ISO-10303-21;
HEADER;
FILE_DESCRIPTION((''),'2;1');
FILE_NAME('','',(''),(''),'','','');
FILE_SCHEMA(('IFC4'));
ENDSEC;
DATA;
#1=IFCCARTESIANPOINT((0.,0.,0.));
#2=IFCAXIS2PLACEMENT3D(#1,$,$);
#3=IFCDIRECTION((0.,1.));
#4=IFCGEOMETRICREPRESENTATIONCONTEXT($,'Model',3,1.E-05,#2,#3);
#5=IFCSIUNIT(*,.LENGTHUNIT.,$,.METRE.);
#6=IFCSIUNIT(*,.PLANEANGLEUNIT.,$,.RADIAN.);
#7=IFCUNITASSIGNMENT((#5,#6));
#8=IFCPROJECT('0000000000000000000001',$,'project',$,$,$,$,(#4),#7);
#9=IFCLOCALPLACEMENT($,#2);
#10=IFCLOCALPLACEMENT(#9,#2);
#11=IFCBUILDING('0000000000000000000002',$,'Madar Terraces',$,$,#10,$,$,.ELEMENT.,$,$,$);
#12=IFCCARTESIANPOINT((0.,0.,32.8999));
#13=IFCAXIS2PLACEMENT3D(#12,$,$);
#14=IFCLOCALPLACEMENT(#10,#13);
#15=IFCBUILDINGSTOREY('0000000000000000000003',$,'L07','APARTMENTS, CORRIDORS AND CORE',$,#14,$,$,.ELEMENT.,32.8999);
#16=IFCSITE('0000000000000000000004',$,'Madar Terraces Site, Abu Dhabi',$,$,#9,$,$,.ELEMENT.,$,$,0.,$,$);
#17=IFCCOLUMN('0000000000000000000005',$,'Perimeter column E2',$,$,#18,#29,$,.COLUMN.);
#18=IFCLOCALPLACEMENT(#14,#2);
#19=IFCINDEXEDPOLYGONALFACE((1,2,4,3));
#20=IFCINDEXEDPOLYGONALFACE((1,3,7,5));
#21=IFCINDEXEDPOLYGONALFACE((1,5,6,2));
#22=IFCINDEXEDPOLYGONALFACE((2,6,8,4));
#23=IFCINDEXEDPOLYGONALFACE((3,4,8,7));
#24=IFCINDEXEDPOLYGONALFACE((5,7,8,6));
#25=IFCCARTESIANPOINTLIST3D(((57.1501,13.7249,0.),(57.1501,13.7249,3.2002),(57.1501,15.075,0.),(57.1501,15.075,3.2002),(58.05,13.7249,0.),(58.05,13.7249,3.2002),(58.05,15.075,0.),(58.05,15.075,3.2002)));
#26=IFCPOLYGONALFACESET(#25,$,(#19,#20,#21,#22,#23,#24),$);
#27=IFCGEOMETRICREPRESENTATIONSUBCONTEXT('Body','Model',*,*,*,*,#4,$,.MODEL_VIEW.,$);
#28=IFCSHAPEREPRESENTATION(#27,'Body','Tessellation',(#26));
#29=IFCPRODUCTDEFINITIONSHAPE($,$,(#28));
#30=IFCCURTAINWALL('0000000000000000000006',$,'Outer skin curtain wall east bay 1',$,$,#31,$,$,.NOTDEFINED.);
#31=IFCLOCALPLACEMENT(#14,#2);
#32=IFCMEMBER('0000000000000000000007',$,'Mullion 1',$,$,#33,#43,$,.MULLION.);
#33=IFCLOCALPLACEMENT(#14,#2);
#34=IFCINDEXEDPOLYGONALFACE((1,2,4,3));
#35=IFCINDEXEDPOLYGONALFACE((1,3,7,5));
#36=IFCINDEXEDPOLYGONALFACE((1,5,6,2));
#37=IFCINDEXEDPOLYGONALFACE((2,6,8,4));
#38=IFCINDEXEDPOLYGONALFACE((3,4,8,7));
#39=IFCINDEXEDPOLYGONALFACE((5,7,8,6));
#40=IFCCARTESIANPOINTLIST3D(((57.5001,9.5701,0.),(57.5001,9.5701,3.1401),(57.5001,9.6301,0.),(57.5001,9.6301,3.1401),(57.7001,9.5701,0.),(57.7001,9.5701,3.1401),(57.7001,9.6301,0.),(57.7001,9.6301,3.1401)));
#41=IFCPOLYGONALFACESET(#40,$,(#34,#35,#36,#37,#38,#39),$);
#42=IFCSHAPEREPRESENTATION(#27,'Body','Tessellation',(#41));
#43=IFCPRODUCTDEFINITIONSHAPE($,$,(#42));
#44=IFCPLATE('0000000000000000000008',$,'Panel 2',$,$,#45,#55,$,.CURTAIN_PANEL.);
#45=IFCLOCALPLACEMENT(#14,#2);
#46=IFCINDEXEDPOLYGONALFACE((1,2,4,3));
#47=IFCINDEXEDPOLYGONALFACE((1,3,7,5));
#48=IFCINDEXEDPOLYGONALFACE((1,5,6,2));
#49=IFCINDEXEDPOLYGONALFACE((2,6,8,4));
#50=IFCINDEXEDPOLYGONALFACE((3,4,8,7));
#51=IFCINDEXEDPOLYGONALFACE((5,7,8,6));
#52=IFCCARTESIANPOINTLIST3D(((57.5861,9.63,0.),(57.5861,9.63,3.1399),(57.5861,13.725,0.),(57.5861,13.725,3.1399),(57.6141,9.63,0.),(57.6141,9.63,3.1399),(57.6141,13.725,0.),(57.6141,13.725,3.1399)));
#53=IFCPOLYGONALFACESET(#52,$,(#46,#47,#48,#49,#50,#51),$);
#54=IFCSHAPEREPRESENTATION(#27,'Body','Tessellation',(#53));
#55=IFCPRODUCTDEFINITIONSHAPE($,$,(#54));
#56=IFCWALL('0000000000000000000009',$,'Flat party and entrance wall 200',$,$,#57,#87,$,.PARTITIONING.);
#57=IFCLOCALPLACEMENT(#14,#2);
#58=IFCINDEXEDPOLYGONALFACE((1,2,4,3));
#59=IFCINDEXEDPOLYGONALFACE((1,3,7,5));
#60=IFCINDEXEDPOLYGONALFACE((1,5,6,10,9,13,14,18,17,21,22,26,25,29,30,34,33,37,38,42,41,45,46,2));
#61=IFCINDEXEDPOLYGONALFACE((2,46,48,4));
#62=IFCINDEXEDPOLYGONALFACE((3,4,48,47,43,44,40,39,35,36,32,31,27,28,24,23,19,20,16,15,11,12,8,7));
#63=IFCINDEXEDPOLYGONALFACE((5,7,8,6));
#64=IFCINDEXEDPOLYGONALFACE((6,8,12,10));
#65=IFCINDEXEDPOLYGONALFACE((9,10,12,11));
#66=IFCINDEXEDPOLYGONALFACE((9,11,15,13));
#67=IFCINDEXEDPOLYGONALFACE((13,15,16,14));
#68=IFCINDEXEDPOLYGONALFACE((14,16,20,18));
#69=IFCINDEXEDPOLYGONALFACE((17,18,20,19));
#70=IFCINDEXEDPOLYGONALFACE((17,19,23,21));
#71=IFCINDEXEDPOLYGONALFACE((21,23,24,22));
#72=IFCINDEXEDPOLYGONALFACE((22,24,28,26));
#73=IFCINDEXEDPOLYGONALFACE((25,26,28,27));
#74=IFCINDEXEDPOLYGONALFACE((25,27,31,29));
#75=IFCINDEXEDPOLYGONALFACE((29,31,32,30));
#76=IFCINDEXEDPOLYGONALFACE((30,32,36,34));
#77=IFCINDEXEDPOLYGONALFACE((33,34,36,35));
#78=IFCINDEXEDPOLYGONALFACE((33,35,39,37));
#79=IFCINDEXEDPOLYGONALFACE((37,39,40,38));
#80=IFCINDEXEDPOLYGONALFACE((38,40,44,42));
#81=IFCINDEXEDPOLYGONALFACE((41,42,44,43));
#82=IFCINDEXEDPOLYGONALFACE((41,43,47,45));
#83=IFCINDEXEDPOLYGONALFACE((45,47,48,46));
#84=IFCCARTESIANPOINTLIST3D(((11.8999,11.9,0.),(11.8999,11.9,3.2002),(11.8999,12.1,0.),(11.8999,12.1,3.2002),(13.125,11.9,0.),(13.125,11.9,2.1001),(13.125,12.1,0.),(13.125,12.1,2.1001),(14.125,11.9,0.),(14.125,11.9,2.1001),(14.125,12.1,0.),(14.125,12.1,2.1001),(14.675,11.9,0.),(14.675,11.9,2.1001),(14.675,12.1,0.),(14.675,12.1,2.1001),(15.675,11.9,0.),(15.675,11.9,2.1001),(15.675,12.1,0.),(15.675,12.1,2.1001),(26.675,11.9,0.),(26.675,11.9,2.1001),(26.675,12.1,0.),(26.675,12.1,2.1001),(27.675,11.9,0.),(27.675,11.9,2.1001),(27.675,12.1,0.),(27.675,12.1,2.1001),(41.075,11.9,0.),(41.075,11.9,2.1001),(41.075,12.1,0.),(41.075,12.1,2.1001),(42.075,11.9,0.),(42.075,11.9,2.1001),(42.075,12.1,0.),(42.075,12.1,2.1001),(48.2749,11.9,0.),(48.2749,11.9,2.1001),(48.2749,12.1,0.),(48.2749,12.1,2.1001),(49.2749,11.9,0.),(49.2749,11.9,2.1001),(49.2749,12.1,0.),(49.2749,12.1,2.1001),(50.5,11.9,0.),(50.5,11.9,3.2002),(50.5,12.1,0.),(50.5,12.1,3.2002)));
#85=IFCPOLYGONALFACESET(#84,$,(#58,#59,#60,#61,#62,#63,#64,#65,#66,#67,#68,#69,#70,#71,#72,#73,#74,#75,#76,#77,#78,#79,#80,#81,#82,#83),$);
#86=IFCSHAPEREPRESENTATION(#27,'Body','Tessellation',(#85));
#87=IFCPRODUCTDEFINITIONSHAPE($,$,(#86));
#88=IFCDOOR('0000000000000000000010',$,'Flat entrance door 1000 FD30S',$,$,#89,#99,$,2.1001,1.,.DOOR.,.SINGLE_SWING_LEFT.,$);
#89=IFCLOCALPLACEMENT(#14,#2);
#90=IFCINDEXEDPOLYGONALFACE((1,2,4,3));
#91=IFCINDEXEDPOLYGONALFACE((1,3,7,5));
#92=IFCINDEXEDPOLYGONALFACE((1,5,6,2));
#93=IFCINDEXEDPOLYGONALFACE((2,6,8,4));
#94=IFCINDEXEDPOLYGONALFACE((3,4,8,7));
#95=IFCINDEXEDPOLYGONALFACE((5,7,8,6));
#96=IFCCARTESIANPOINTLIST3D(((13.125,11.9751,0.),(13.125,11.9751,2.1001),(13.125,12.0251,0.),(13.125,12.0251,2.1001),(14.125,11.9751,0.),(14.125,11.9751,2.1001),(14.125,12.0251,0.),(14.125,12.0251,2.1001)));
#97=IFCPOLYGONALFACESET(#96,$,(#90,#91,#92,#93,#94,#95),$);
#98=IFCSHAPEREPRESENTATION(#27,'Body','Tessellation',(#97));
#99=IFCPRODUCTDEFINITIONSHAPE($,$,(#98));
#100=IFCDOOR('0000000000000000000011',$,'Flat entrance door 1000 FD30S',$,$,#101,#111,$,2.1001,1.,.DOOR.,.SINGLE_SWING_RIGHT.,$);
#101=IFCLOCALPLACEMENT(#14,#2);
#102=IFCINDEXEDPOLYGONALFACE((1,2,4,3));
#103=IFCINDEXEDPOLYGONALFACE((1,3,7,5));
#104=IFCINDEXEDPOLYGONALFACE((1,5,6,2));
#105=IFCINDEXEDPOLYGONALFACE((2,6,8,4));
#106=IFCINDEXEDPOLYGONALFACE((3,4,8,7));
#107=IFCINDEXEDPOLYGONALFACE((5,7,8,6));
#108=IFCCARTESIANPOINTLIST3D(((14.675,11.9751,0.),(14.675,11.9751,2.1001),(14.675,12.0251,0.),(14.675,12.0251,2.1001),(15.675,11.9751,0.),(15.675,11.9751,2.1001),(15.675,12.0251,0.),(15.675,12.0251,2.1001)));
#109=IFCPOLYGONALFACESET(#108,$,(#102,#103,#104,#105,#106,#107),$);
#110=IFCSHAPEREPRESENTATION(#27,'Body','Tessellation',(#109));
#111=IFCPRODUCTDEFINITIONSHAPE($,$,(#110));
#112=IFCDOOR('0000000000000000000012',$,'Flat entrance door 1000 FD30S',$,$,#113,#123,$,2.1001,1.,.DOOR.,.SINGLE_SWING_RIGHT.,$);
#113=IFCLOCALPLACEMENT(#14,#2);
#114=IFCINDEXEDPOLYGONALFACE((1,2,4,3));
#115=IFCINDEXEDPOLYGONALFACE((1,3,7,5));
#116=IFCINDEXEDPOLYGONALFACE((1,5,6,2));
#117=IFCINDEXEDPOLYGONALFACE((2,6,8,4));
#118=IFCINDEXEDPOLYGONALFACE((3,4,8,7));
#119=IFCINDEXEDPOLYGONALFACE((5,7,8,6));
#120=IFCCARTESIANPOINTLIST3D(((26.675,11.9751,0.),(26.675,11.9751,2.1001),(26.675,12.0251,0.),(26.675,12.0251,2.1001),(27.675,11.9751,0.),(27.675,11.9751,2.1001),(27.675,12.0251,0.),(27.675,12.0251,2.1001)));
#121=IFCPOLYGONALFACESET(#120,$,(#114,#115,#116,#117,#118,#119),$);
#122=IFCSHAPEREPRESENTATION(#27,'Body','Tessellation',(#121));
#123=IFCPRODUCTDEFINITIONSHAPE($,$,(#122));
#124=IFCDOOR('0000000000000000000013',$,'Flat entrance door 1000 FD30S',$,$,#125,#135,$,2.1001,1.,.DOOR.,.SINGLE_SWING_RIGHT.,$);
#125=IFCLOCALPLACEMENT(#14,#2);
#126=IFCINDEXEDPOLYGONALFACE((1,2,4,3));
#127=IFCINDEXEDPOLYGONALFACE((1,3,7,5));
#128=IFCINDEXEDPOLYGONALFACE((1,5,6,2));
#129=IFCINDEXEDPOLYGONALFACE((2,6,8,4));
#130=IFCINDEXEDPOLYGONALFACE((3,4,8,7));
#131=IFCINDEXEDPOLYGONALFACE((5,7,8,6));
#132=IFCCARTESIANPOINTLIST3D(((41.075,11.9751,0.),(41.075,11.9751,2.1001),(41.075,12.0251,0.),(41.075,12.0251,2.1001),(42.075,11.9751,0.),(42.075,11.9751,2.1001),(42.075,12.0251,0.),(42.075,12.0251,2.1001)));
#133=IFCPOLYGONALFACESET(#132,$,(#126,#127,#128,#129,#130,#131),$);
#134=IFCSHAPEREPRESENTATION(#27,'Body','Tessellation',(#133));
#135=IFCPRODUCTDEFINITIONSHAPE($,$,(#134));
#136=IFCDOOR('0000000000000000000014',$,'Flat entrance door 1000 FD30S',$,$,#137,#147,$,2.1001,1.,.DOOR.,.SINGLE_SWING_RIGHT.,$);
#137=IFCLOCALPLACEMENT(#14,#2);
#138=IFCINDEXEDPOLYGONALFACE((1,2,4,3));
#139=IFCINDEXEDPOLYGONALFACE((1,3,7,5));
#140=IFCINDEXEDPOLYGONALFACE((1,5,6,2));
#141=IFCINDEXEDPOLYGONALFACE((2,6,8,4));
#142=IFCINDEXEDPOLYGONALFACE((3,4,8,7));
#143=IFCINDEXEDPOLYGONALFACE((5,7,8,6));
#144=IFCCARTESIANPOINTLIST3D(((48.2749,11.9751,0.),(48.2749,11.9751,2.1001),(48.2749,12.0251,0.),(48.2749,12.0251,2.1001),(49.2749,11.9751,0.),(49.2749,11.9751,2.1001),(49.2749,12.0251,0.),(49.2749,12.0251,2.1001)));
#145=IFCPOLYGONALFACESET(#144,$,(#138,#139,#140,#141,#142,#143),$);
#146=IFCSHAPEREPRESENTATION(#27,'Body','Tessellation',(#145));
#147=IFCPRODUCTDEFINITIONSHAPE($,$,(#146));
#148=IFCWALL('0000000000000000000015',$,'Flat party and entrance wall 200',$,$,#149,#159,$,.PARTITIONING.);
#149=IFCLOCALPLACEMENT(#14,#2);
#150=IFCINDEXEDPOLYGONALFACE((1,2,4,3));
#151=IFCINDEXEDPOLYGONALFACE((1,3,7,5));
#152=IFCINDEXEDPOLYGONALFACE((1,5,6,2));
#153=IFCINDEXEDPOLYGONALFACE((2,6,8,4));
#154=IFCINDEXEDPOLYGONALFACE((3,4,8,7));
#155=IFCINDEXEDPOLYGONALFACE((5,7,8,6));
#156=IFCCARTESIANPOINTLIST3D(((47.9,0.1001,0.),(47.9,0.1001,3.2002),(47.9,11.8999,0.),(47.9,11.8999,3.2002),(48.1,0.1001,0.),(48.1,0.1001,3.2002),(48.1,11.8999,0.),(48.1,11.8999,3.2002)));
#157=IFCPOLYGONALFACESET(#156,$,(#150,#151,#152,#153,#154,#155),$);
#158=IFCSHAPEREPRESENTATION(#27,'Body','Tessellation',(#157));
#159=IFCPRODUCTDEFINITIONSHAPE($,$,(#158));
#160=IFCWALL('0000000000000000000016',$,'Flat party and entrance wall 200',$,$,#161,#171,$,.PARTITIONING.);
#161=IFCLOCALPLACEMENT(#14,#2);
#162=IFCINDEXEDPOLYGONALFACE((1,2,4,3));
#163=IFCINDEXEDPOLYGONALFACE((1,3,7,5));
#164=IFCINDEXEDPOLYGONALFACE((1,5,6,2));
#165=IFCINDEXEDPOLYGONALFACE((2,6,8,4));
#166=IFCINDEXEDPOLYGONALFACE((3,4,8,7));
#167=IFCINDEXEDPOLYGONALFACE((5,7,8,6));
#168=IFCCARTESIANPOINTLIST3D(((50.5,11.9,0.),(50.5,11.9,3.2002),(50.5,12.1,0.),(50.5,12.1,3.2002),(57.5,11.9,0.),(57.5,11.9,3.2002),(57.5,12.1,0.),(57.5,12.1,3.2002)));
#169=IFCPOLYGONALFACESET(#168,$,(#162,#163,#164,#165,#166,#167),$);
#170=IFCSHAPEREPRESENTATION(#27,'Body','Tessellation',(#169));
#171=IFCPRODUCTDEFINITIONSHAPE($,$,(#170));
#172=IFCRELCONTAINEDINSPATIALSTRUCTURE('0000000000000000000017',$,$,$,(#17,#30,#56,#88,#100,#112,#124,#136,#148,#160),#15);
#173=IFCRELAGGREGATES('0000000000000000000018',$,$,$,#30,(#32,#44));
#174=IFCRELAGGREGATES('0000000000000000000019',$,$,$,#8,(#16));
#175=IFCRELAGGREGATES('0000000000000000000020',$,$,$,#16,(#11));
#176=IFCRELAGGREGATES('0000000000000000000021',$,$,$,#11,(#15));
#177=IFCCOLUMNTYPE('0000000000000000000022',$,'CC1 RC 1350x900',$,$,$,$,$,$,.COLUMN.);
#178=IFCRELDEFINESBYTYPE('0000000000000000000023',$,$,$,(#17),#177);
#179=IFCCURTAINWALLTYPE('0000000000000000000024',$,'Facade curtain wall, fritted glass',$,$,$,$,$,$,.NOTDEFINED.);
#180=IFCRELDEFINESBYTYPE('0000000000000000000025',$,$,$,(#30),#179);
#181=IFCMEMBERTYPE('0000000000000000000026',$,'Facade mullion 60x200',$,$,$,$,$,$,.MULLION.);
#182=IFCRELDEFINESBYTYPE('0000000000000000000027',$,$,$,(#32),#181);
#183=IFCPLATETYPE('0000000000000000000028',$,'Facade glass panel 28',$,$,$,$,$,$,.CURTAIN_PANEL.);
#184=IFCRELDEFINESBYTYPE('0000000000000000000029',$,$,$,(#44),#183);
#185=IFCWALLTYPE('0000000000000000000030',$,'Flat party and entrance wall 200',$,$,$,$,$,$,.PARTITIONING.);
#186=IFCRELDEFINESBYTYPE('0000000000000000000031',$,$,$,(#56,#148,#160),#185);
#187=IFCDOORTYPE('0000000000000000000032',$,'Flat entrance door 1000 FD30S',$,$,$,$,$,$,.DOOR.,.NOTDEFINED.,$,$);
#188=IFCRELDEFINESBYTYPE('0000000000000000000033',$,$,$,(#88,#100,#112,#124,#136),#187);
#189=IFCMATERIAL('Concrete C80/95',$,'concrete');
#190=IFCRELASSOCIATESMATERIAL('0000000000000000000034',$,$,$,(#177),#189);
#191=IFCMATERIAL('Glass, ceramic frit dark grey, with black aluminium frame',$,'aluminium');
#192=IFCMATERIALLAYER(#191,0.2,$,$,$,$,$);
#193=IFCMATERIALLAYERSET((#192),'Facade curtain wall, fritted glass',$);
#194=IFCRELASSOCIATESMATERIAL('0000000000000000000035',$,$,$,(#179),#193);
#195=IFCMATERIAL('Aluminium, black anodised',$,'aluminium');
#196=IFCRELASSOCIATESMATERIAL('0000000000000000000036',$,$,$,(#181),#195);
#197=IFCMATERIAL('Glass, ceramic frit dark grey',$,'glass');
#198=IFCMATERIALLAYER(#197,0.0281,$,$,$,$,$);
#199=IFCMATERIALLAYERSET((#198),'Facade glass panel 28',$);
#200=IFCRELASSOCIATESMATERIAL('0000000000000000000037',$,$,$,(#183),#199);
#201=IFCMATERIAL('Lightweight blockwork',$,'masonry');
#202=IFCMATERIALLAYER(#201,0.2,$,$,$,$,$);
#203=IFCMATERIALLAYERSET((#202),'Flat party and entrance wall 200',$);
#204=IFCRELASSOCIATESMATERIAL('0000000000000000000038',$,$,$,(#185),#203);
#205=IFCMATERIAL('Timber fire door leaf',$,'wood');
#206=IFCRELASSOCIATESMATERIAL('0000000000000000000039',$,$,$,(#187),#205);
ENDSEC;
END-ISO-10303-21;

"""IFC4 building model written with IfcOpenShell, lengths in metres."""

from ifc_helpers import new_model, si_unit, direction, frame, frame_2d, origin, origin_2d, place, context, subcontext, project, spatial, rectangle, extrude, material, layer, layer_set, material_profile, profile_set, type_object, element, fill, aggregate, save


model = new_model("IFC4")

# Units and contexts
model_context = context("Model", 3, precision=1e-05, world=origin(), true_north=direction((0.0, 1.0)))
body_context = subcontext(model_context, "Body", "Model", "MODEL_VIEW")
ifc_project = project(units=[si_unit("LENGTHUNIT", "METRE"), si_unit("PLANEANGLEUNIT", "RADIAN")], contexts=[model_context])

# Site, building, storey
site_placement = place(None, origin())
site = spatial("IfcSite", under=ifc_project, at=site_placement, Name="Madar Terraces Site, Abu Dhabi", CompositionType="ELEMENT", RefElevation=0.0)
building_placement = place(site_placement, origin())
building = spatial("IfcBuilding", under=site, at=building_placement, Name="Madar Terraces", CompositionType="ELEMENT")
storey_placement = place(building_placement, frame((0.0, 0.0, 32.8999)))
storey = spatial("IfcBuildingStorey", under=building, at=storey_placement, Name="L07", Description="APARTMENTS, CORRIDORS AND CORE", CompositionType="ELEMENT", Elevation=32.8999)

# Column
ifc_material_1 = material(Name="Concrete C80/95", Category="concrete")
ifc_material_profile_1 = material_profile(ifc_material_1, rectangle(XDim=1.3501, YDim=0.8999, at=origin_2d()), Name="CC1 RC 1350x900")
ifc_profile_set_1 = profile_set([ifc_material_profile_1], Name="Concrete C80/95")
column_type = type_object("IfcColumnType", Name="CC1 RC 1350x900", PredefinedType="COLUMN", material=ifc_profile_set_1)
column_placement = place(storey_placement, frame((57.6001, 14.3999, 0.0), z_axis=(0.0, 0.0, 1.0), x_axis=(0.0, 1.0, 0.0)))
element("IfcColumn", 1, at=column_placement, inside=storey, type_object=column_type, Name="Perimeter column E2", PredefinedType="COLUMN", context=body_context, shape_type="SweptSolid", body=[
    extrude(rectangle(XDim=1.3501, YDim=0.8999, at=origin_2d()), origin(), (0.0, 0.0, 1.0), 3.2002),
])

# Curtain wall, member, plate
ifc_material_2 = material(Name="Glass, ceramic frit dark grey, with black aluminium frame", Category="aluminium")
ifc_layer_1 = layer(ifc_material_2, 0.2)
ifc_layer_set_1 = layer_set([ifc_layer_1], Name="Facade curtain wall, fritted glass")
curtain_wall_type = type_object("IfcCurtainWallType", Name="Facade curtain wall, fritted glass", PredefinedType="NOTDEFINED", material=ifc_layer_set_1)
curtain_wall_placement = place(storey_placement, origin())
curtain_wall = element("IfcCurtainWall", 2, at=curtain_wall_placement, inside=storey, type_object=curtain_wall_type, Name="Outer skin curtain wall east bay 1", PredefinedType="NOTDEFINED")
ifc_material_3 = material(Name="Aluminium, black anodised", Category="aluminium")
ifc_material_profile_2 = material_profile(ifc_material_3, rectangle(XDim=0.2, YDim=0.0601, at=origin_2d()), Name="Facade mullion 60x200")
ifc_profile_set_2 = profile_set([ifc_material_profile_2], Name="Aluminium, black anodised")
member_type = type_object("IfcMemberType", Name="Facade mullion 60x200", PredefinedType="MULLION", material=ifc_profile_set_2)
member_placement = place(storey_placement, frame((57.6001, 9.6001, 0.0), z_axis=(0.0, 0.0, 1.0), x_axis=(-1.0, 0.0, 0.0)))
member = element("IfcMember", 3, at=member_placement, type_object=member_type, Name="Mullion 1", PredefinedType="MULLION", context=body_context, shape_type="SweptSolid", body=[
    extrude(rectangle(XDim=0.2, YDim=0.0601, at=origin_2d()), origin(), (0.0, 0.0, 1.0), 3.1401),
])
ifc_material_4 = material(Name="Glass, ceramic frit dark grey", Category="glass")
ifc_layer_2 = layer(ifc_material_4, 0.0281)
ifc_layer_set_2 = layer_set([ifc_layer_2], Name="Facade glass panel 28")
plate_type = type_object("IfcPlateType", Name="Facade glass panel 28", PredefinedType="CURTAIN_PANEL", material=ifc_layer_set_2)
plate_placement = place(storey_placement, frame((57.6001, 11.6775, 0.0), z_axis=(0.0, 0.0, 1.0), x_axis=(0.0, 1.0, 0.0)))
plate = element("IfcPlate", 4, at=plate_placement, type_object=plate_type, Name="Panel 2", PredefinedType="CURTAIN_PANEL", context=body_context, shape_type="SweptSolid", body=[
    extrude(rectangle(XDim=4.095, YDim=0.0281, at=origin_2d()), origin(), (0.0, 0.0, 1.0), 3.1399),
])
aggregate(curtain_wall, [member, plate])

# Wall, openings, doors
ifc_material_5 = material(Name="Lightweight blockwork", Category="masonry")
ifc_layer_3 = layer(ifc_material_5, 0.2)
ifc_layer_set_3 = layer_set([ifc_layer_3], Name="Flat party and entrance wall 200")
wall_type_1 = type_object("IfcWallType", Name="Flat party and entrance wall 200", PredefinedType="PARTITIONING", material=ifc_layer_set_3)
wall_1_placement = place(storey_placement, frame((50.5, 12.0, 0.0), z_axis=(0.0, 0.0, 1.0), x_axis=(-1.0, 0.0, 0.0)))
wall_1 = element("IfcWall", 5, at=wall_1_placement, inside=storey, type_object=wall_type_1, Name="Flat party and entrance wall 200", PredefinedType="PARTITIONING", context=body_context, shape_type="SweptSolid", body=[
    extrude(rectangle(XDim=38.6001, YDim=0.2, at=frame_2d((19.3, 0.0))), origin(), (0.0, 0.0, 1.0), 3.2002),
])
opening_1_placement = place(wall_1_placement, frame((36.375, 0.0, 0.0)))
opening_1 = element("IfcOpeningElement", 6, at=opening_1_placement, cuts=wall_1, PredefinedType="OPENING", context=body_context, shape_type="SweptSolid", body=[
    extrude(rectangle(XDim=1.0, YDim=2.1001, at=frame_2d((0.5, 1.05))), frame((0.0, 0.1099, 0.0), z_axis=(0.0, -1.0, 0.0), x_axis=(1.0, 0.0, 0.0)), (0.0, 0.0, 1.0), 0.22),
])
opening_2_placement = place(wall_1_placement, frame((34.825, 0.0, 0.0)))
opening_2 = element("IfcOpeningElement", 7, at=opening_2_placement, cuts=wall_1, PredefinedType="OPENING", context=body_context, shape_type="SweptSolid", body=[
    extrude(rectangle(XDim=1.0, YDim=2.1001, at=frame_2d((0.5, 1.05))), frame((0.0, 0.1099, 0.0), z_axis=(0.0, -1.0, 0.0), x_axis=(1.0, 0.0, 0.0)), (0.0, 0.0, 1.0), 0.22),
])
opening_3_placement = place(wall_1_placement, frame((22.825, 0.0, 0.0)))
opening_3 = element("IfcOpeningElement", 8, at=opening_3_placement, cuts=wall_1, PredefinedType="OPENING", context=body_context, shape_type="SweptSolid", body=[
    extrude(rectangle(XDim=1.0, YDim=2.1001, at=frame_2d((0.5, 1.05))), frame((0.0, 0.1099, 0.0), z_axis=(0.0, -1.0, 0.0), x_axis=(1.0, 0.0, 0.0)), (0.0, 0.0, 1.0), 0.22),
])
opening_4_placement = place(wall_1_placement, frame((8.425, 0.0, 0.0)))
opening_4 = element("IfcOpeningElement", 9, at=opening_4_placement, cuts=wall_1, PredefinedType="OPENING", context=body_context, shape_type="SweptSolid", body=[
    extrude(rectangle(XDim=1.0, YDim=2.1001, at=frame_2d((0.5, 1.05))), frame((0.0, 0.1099, 0.0), z_axis=(0.0, -1.0, 0.0), x_axis=(1.0, 0.0, 0.0)), (0.0, 0.0, 1.0), 0.22),
])
opening_5_placement = place(wall_1_placement, frame((1.2251, 0.0, 0.0)))
opening_5 = element("IfcOpeningElement", 10, at=opening_5_placement, cuts=wall_1, PredefinedType="OPENING", context=body_context, shape_type="SweptSolid", body=[
    extrude(rectangle(XDim=1.0, YDim=2.1001, at=frame_2d((0.5, 1.05))), frame((0.0, 0.1099, 0.0), z_axis=(0.0, -1.0, 0.0), x_axis=(1.0, 0.0, 0.0)), (0.0, 0.0, 1.0), 0.22),
])
ifc_material_6 = material(Name="Timber fire door leaf", Category="wood")
door_type_1 = type_object("IfcDoorType", Name="Flat entrance door 1000 FD30S", OperationType="NOTDEFINED", PredefinedType="DOOR", material=ifc_material_6)
door_1_placement = place(opening_1_placement, origin())
door_1 = element("IfcDoor", 11, at=door_1_placement, inside=storey, type_object=door_type_1, Name="Flat entrance door 1000 FD30S", OperationType="SINGLE_SWING_LEFT", OverallHeight=2.1001, OverallWidth=1.0, PredefinedType="DOOR", context=body_context, shape_type="SweptSolid", body=[
    extrude(rectangle(XDim=1.0, YDim=2.1001, at=frame_2d((0.5, 1.05))), frame((0.0, 0.0249, 0.0), z_axis=(0.0, -1.0, 0.0), x_axis=(1.0, 0.0, 0.0)), (0.0, 0.0, 1.0), 0.05),
])
fill(opening_1, door_1)
door_2_placement = place(opening_2_placement, origin())
door_2 = element("IfcDoor", 12, at=door_2_placement, inside=storey, type_object=door_type_1, Name="Flat entrance door 1000 FD30S", OperationType="SINGLE_SWING_RIGHT", OverallHeight=2.1001, OverallWidth=1.0, PredefinedType="DOOR", context=body_context, shape_type="SweptSolid", body=[
    extrude(rectangle(XDim=1.0, YDim=2.1001, at=frame_2d((0.5, 1.05))), frame((0.0, 0.0249, 0.0), z_axis=(0.0, -1.0, 0.0), x_axis=(1.0, 0.0, 0.0)), (0.0, 0.0, 1.0), 0.05),
])
fill(opening_2, door_2)
door_3_placement = place(opening_3_placement, origin())
door_3 = element("IfcDoor", 13, at=door_3_placement, inside=storey, type_object=door_type_1, Name="Flat entrance door 1000 FD30S", OperationType="SINGLE_SWING_RIGHT", OverallHeight=2.1001, OverallWidth=1.0, PredefinedType="DOOR", context=body_context, shape_type="SweptSolid", body=[
    extrude(rectangle(XDim=1.0, YDim=2.1001, at=frame_2d((0.5, 1.05))), frame((0.0, 0.0249, 0.0), z_axis=(0.0, -1.0, 0.0), x_axis=(1.0, 0.0, 0.0)), (0.0, 0.0, 1.0), 0.05),
])
fill(opening_3, door_3)
door_4_placement = place(opening_4_placement, origin())
door_4 = element("IfcDoor", 14, at=door_4_placement, inside=storey, type_object=door_type_1, Name="Flat entrance door 1000 FD30S", OperationType="SINGLE_SWING_RIGHT", OverallHeight=2.1001, OverallWidth=1.0, PredefinedType="DOOR", context=body_context, shape_type="SweptSolid", body=[
    extrude(rectangle(XDim=1.0, YDim=2.1001, at=frame_2d((0.5, 1.05))), frame((0.0, 0.0249, 0.0), z_axis=(0.0, -1.0, 0.0), x_axis=(1.0, 0.0, 0.0)), (0.0, 0.0, 1.0), 0.05),
])
fill(opening_4, door_4)
door_5_placement = place(opening_5_placement, origin())
door_5 = element("IfcDoor", 15, at=door_5_placement, inside=storey, type_object=door_type_1, Name="Flat entrance door 1000 FD30S", OperationType="SINGLE_SWING_RIGHT", OverallHeight=2.1001, OverallWidth=1.0, PredefinedType="DOOR", context=body_context, shape_type="SweptSolid", body=[
    extrude(rectangle(XDim=1.0, YDim=2.1001, at=frame_2d((0.5, 1.05))), frame((0.0, 0.0249, 0.0), z_axis=(0.0, -1.0, 0.0), x_axis=(1.0, 0.0, 0.0)), (0.0, 0.0, 1.0), 0.05),
])
fill(opening_5, door_5)

# Walls
wall_2_placement = place(storey_placement, frame((48.0, 11.8999, 0.0), z_axis=(0.0, 0.0, 1.0), x_axis=(0.0, -1.0, 0.0)))
element("IfcWall", 16, at=wall_2_placement, inside=storey, type_object=wall_type_1, Name="Flat party and entrance wall 200", PredefinedType="PARTITIONING", context=body_context, shape_type="SweptSolid", body=[
    extrude(rectangle(XDim=11.7998, YDim=0.2, at=frame_2d((5.8999, 0.0))), origin(), (0.0, 0.0, 1.0), 3.2002),
])
wall_3_placement = place(storey_placement, frame((50.5, 12.0, 0.0), z_axis=(0.0, 0.0, 1.0), x_axis=(1.0, 0.0, 0.0)))
element("IfcWall", 17, at=wall_3_placement, inside=storey, type_object=wall_type_1, Name="Flat party and entrance wall 200", PredefinedType="PARTITIONING", context=body_context, shape_type="SweptSolid", body=[
    extrude(rectangle(XDim=7.0, YDim=0.2, at=frame_2d((3.5, 0.0))), origin(), (0.0, 0.0, 1.0), 3.2002),
])

save(model, "model.ifc")
